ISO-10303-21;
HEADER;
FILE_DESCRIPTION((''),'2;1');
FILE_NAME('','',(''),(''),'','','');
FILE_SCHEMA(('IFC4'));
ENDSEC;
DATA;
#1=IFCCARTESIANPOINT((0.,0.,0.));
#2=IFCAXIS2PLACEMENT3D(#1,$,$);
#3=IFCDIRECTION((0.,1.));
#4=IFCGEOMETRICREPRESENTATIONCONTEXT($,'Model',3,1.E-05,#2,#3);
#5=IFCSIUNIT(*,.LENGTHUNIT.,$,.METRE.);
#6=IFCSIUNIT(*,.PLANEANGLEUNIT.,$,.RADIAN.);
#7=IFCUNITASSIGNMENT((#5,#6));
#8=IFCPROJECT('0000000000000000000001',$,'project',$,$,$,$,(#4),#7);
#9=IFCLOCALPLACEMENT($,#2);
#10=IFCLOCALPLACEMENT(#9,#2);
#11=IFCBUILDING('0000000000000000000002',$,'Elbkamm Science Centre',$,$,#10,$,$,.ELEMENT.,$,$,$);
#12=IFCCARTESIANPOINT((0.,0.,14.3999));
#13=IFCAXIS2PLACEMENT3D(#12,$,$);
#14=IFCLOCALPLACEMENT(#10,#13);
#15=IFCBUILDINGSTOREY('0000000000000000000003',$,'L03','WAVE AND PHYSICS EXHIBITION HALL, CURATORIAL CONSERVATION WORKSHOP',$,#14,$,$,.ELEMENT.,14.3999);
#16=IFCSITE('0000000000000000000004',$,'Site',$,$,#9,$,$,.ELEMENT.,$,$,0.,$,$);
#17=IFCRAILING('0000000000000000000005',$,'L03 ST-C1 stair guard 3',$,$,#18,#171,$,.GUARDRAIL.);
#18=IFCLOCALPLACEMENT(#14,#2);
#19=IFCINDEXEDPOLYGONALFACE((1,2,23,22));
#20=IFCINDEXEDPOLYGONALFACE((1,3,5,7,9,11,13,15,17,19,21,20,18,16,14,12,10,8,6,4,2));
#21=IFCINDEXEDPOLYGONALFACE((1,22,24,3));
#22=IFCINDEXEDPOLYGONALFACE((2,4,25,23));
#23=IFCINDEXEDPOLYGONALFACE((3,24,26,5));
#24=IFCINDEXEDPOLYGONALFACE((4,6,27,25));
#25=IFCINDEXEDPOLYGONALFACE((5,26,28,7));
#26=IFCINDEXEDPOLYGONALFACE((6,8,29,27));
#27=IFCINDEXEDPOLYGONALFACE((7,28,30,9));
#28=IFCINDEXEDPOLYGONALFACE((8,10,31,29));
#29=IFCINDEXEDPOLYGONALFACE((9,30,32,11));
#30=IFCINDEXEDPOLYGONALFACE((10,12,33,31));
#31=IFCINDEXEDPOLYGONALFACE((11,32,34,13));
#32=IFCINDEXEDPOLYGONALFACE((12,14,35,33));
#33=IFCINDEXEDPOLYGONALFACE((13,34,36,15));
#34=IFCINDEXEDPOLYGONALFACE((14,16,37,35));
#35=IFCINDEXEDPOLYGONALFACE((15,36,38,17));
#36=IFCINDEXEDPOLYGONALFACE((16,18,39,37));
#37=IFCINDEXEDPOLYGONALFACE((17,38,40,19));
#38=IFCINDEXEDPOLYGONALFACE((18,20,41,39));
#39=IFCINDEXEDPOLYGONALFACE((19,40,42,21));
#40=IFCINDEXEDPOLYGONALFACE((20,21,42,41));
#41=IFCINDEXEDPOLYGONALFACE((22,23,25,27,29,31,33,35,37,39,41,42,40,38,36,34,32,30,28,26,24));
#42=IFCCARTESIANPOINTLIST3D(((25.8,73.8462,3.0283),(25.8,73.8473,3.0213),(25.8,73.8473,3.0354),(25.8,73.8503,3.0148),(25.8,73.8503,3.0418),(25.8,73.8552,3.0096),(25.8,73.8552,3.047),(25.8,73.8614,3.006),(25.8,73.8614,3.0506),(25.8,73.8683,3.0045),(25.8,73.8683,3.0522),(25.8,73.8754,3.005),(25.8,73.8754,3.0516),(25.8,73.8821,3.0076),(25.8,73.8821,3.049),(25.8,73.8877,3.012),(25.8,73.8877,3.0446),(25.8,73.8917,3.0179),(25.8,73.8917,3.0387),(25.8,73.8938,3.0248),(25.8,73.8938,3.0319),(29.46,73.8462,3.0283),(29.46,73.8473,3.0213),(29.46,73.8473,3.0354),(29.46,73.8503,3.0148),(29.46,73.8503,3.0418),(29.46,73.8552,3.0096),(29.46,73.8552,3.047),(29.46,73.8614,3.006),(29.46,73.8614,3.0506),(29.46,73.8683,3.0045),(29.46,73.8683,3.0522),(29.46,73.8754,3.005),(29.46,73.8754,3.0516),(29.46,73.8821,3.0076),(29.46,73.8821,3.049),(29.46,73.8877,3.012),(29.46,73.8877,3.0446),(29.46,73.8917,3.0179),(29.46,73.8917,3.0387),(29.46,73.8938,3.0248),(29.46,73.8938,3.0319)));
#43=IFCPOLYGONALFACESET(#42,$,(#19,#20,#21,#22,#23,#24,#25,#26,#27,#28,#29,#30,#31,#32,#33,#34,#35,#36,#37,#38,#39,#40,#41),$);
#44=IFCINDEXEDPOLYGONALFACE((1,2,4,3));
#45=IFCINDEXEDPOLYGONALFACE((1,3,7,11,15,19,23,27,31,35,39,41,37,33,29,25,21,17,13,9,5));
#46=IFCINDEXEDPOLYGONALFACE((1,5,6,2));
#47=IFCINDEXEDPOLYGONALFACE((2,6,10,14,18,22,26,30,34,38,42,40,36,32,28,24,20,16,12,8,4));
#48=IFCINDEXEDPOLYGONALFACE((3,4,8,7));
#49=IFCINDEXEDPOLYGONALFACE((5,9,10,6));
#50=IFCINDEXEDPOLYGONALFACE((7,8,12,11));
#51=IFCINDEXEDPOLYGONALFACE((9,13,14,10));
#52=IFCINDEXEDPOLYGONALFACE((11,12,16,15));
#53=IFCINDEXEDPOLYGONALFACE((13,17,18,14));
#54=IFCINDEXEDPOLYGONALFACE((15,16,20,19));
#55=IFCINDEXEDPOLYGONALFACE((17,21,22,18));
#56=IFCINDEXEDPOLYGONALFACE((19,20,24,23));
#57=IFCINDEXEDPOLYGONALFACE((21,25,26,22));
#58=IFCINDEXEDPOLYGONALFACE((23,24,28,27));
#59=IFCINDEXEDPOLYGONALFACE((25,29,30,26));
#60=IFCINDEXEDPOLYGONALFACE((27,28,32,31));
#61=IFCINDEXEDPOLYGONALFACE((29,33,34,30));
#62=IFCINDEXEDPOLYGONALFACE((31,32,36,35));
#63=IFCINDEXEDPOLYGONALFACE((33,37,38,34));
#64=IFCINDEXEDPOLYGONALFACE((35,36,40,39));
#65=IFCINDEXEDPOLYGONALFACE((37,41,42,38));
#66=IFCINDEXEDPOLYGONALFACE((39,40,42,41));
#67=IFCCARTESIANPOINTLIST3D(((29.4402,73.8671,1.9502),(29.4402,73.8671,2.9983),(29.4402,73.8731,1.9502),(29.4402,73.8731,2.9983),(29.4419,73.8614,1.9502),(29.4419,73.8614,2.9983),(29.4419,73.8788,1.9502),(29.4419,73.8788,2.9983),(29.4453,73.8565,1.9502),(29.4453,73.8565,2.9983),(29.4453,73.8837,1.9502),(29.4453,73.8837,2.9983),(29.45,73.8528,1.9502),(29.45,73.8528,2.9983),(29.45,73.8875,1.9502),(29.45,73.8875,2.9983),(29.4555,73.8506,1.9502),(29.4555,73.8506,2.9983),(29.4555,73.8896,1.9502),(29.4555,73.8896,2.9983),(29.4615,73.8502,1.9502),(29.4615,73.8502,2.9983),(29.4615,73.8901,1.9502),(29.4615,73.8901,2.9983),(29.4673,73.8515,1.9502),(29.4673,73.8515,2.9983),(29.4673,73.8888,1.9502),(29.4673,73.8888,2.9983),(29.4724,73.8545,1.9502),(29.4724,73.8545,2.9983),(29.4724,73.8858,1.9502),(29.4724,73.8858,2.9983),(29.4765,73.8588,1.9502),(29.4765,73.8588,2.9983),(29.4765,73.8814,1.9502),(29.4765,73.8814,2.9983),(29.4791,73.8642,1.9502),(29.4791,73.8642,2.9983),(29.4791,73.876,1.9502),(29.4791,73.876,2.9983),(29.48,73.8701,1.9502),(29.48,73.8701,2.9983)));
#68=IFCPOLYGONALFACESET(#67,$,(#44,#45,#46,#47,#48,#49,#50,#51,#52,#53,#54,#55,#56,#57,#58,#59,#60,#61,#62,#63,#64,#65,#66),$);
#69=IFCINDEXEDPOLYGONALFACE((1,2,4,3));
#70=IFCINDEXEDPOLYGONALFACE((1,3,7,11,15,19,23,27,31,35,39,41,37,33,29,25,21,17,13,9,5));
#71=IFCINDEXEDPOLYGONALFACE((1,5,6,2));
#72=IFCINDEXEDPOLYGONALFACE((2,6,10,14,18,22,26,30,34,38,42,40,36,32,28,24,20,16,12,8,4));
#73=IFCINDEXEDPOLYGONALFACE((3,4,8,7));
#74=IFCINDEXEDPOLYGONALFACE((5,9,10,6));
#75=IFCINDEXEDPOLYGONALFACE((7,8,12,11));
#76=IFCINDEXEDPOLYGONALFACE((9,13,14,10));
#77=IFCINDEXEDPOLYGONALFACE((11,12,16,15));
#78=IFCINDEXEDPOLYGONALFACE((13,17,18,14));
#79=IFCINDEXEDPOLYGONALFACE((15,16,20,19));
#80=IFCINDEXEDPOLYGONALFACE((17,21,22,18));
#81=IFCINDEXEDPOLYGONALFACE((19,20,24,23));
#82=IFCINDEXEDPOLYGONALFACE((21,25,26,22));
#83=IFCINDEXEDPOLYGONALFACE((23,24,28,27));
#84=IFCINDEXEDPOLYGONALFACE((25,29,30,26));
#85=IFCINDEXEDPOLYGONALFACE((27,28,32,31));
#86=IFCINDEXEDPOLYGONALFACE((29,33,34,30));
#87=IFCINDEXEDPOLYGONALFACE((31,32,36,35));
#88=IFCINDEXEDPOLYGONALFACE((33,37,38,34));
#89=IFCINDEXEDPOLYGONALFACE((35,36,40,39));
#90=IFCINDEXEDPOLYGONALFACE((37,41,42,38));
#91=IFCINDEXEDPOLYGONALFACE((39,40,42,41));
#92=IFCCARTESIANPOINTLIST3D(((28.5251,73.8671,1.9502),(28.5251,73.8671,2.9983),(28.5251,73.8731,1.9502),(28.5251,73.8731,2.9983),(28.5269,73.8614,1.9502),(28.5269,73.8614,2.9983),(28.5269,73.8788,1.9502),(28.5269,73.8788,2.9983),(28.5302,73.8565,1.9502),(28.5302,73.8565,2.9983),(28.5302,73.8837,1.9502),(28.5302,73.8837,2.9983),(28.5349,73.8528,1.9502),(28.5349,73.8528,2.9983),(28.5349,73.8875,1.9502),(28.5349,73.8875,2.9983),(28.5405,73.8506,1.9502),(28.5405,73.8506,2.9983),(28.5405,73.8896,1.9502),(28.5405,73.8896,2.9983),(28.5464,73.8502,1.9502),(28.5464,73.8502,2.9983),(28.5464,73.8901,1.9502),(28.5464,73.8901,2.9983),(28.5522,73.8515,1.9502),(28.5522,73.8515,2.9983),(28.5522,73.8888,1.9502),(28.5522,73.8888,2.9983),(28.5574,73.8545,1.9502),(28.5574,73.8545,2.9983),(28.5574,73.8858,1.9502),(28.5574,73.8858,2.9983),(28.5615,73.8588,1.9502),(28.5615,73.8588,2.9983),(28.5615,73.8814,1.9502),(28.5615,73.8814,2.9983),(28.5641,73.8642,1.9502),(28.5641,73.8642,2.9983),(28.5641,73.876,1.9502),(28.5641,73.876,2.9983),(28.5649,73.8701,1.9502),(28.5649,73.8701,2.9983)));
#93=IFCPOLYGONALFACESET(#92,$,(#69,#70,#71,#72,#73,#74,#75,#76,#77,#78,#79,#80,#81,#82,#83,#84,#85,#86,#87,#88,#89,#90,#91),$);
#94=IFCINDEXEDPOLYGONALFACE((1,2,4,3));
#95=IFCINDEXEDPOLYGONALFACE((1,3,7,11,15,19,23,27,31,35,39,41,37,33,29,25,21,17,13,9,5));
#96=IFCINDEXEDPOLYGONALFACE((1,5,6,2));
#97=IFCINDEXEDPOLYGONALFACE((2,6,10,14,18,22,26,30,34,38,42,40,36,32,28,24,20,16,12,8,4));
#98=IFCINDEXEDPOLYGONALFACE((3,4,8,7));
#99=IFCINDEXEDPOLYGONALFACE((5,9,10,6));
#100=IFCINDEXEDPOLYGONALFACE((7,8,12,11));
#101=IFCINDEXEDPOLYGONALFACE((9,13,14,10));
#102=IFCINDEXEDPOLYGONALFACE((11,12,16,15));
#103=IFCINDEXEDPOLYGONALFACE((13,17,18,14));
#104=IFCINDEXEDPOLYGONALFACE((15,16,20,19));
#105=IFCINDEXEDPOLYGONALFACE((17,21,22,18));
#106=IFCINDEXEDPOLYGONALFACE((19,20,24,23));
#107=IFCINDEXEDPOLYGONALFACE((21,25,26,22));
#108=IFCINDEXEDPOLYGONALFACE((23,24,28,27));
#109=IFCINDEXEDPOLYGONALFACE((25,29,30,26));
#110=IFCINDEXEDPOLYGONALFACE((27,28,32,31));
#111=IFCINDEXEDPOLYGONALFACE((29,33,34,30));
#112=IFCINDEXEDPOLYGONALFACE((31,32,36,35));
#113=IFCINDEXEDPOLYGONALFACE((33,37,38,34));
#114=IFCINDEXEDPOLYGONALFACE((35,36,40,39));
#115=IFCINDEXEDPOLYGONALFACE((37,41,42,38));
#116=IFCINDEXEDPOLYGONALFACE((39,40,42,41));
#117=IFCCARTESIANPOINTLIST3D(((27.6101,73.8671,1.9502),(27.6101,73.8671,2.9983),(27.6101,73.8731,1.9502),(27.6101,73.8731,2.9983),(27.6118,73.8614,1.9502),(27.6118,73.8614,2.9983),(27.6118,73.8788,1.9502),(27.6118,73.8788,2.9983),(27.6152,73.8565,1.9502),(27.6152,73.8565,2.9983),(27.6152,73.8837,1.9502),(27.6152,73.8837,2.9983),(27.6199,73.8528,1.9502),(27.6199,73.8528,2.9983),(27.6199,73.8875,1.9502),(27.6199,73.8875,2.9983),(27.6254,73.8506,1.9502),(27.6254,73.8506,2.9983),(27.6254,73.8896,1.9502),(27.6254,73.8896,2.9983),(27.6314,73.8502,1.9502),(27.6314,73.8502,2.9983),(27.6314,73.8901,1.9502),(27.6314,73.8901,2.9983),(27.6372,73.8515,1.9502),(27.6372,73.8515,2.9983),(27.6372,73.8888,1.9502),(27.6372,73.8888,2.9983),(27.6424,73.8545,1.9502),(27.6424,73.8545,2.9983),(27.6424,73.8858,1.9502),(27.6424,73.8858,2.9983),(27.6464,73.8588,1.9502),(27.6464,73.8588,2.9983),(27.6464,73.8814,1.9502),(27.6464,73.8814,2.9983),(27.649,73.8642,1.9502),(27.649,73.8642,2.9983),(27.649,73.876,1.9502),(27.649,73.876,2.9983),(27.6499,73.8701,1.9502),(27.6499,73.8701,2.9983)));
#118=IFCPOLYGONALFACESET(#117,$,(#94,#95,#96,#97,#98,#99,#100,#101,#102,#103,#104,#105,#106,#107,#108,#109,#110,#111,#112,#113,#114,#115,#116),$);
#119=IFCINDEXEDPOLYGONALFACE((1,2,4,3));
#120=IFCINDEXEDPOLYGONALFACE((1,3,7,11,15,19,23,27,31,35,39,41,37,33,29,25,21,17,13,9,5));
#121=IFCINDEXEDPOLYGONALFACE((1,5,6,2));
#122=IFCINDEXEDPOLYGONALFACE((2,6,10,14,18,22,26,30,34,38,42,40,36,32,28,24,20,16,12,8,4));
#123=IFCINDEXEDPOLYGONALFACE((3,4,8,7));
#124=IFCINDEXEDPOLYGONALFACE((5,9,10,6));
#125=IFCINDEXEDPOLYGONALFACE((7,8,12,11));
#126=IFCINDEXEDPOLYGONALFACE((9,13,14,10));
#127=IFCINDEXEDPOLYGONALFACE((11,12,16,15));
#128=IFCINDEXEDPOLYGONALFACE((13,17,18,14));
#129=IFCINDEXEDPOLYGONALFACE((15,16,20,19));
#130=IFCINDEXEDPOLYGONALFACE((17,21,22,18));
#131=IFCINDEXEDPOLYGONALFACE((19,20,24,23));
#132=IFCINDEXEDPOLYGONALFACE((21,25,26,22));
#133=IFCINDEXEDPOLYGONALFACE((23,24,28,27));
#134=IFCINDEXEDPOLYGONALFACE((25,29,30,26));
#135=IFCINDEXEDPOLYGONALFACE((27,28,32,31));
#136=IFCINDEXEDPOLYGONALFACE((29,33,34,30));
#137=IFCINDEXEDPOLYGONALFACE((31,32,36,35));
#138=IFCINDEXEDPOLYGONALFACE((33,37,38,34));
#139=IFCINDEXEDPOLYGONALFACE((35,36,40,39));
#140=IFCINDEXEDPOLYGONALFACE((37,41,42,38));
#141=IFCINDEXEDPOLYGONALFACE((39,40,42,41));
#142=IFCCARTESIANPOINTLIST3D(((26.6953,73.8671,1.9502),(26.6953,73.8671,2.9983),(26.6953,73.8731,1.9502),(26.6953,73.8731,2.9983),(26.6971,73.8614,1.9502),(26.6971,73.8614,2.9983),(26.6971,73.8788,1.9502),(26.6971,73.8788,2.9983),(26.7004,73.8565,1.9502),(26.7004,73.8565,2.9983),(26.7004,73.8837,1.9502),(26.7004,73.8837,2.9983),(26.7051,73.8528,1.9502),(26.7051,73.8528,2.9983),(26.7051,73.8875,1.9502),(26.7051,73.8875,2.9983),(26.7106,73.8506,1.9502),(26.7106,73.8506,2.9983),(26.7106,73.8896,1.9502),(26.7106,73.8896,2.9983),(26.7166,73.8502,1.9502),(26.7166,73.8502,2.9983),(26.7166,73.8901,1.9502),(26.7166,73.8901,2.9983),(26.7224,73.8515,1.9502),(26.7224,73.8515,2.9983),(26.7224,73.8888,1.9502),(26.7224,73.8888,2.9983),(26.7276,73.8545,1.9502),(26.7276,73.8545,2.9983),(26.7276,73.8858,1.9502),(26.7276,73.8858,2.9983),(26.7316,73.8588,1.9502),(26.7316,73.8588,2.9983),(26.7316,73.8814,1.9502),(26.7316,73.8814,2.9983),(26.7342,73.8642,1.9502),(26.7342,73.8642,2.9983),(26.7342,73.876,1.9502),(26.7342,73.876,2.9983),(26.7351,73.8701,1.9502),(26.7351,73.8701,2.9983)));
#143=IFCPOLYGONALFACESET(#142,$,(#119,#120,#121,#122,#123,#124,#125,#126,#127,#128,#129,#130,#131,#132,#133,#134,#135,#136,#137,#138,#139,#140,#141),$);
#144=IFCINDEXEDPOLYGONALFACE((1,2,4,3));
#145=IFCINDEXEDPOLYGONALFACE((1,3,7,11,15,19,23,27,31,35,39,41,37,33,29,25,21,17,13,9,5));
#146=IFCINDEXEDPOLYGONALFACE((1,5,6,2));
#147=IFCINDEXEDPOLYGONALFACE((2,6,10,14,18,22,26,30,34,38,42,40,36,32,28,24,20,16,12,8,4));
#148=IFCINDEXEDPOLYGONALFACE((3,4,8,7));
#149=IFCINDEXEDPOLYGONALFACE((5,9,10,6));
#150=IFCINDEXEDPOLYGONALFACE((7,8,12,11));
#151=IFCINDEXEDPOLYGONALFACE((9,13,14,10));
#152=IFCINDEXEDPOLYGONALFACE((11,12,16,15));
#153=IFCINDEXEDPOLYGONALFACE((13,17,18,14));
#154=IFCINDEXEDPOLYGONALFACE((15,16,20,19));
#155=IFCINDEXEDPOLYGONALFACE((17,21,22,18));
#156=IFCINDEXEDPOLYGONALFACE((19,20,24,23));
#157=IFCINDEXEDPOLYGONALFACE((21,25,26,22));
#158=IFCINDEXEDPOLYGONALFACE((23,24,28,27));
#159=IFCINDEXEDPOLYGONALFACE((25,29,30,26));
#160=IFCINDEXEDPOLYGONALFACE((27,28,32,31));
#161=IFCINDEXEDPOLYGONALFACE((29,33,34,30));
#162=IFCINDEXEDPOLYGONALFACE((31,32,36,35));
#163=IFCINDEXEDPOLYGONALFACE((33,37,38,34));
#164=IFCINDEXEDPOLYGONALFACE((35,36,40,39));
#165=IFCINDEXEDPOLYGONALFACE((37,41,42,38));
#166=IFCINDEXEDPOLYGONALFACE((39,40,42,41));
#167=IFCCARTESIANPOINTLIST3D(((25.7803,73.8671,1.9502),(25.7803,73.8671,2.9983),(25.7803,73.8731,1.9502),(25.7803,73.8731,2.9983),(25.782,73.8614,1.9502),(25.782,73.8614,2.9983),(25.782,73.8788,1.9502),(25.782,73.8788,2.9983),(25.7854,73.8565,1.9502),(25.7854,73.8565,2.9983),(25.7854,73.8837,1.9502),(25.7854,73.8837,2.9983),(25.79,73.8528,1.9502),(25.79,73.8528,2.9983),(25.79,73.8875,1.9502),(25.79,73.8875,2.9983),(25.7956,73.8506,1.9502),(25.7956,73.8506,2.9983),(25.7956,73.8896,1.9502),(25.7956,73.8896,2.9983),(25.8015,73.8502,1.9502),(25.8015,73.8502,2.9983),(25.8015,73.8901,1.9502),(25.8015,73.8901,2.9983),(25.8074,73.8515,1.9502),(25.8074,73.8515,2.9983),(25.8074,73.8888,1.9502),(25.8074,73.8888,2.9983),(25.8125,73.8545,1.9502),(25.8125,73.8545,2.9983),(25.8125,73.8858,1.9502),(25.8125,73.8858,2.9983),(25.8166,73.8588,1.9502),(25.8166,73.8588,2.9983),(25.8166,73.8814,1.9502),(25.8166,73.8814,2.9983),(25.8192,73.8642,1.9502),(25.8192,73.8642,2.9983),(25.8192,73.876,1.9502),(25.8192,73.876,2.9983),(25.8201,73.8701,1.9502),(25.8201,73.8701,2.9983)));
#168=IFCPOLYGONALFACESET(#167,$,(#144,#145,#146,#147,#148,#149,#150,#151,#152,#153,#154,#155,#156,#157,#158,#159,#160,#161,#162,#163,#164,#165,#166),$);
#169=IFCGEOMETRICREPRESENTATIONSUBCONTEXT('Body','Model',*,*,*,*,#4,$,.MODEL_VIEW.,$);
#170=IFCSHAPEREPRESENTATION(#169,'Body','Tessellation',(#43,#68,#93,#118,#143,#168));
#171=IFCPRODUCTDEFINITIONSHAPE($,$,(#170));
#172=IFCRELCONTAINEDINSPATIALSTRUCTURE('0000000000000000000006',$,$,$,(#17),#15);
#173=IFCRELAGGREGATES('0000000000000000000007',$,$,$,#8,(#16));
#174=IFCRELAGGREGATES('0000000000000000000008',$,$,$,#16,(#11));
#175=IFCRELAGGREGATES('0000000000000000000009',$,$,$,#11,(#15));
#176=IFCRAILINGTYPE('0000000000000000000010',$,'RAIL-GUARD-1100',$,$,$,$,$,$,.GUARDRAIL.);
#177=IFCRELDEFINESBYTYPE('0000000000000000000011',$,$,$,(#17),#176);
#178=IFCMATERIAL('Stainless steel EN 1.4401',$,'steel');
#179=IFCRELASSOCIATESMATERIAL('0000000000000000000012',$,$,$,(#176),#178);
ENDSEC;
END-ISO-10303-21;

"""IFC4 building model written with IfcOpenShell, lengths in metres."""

from ifc_helpers import new_model, si_unit, direction, frame, origin, origin_2d, place, context, subcontext, project, spatial, circle, extrude, material, type_object, element, save


model = new_model("IFC4")

# Units and contexts
model_context = context("Model", 3, precision=1e-05, world=origin(), true_north=direction((0.0, 1.0)))
body_context = subcontext(model_context, "Body", "Model", "MODEL_VIEW")
ifc_project = project(units=[si_unit("LENGTHUNIT", "METRE"), si_unit("PLANEANGLEUNIT", "RADIAN")], contexts=[model_context])

# Site, building, storey
site_placement = place(None, origin())
site = spatial("IfcSite", under=ifc_project, at=site_placement, Name="Site", CompositionType="ELEMENT", RefElevation=0.0)
building_placement = place(site_placement, origin())
building = spatial("IfcBuilding", under=site, at=building_placement, Name="Elbkamm Science Centre", CompositionType="ELEMENT")
storey_placement = place(building_placement, frame((0.0, 0.0, 14.3999)))
storey = spatial("IfcBuildingStorey", under=building, at=storey_placement, Name="L03", Description="WAVE AND PHYSICS EXHIBITION HALL, CURATORIAL CONSERVATION WORKSHOP", CompositionType="ELEMENT", Elevation=14.3999)

# Railing
ifc_material_1 = material(Name="Stainless steel EN 1.4401", Category="steel")
railing_type_1 = type_object("IfcRailingType", Name="RAIL-GUARD-1100", PredefinedType="GUARDRAIL", material=ifc_material_1)
for number, where, name in (
    (1, (29.46, 73.8701, 1.9502), "L03 ST-C1 stair guard 3"),
):
    element("IfcRailing", number, at=place(storey_placement, frame(where)), inside=storey, type_object=railing_type_1, Name=name, PredefinedType="GUARDRAIL", context=body_context, shape_type="SweptSolid", body=[
        extrude(circle(Radius=0.0239, at=origin_2d()), frame((0.0, 0.0, 1.0781), z_axis=(-1.0, 0.0, 0.0), x_axis=(0.0, -1.0, 0.0)), (0.0, 0.0, 1.0), 3.6599),
        extrude(circle(Radius=0.02, at=origin_2d()), origin(), (0.0, 0.0, 1.0), 1.0481),
        extrude(circle(Radius=0.02, at=origin_2d()), frame((-0.915, 0.0, 0.0)), (0.0, 0.0, 1.0), 1.0481),
        extrude(circle(Radius=0.02, at=origin_2d()), frame((-1.8301, 0.0, 0.0)), (0.0, 0.0, 1.0), 1.0481),
        extrude(circle(Radius=0.02, at=origin_2d()), frame((-2.7449, 0.0, 0.0)), (0.0, 0.0, 1.0), 1.0481),
        extrude(circle(Radius=0.02, at=origin_2d()), frame((-3.6599, 0.0, 0.0)), (0.0, 0.0, 1.0), 1.0481),
    ])

save(model, "model.ifc")
